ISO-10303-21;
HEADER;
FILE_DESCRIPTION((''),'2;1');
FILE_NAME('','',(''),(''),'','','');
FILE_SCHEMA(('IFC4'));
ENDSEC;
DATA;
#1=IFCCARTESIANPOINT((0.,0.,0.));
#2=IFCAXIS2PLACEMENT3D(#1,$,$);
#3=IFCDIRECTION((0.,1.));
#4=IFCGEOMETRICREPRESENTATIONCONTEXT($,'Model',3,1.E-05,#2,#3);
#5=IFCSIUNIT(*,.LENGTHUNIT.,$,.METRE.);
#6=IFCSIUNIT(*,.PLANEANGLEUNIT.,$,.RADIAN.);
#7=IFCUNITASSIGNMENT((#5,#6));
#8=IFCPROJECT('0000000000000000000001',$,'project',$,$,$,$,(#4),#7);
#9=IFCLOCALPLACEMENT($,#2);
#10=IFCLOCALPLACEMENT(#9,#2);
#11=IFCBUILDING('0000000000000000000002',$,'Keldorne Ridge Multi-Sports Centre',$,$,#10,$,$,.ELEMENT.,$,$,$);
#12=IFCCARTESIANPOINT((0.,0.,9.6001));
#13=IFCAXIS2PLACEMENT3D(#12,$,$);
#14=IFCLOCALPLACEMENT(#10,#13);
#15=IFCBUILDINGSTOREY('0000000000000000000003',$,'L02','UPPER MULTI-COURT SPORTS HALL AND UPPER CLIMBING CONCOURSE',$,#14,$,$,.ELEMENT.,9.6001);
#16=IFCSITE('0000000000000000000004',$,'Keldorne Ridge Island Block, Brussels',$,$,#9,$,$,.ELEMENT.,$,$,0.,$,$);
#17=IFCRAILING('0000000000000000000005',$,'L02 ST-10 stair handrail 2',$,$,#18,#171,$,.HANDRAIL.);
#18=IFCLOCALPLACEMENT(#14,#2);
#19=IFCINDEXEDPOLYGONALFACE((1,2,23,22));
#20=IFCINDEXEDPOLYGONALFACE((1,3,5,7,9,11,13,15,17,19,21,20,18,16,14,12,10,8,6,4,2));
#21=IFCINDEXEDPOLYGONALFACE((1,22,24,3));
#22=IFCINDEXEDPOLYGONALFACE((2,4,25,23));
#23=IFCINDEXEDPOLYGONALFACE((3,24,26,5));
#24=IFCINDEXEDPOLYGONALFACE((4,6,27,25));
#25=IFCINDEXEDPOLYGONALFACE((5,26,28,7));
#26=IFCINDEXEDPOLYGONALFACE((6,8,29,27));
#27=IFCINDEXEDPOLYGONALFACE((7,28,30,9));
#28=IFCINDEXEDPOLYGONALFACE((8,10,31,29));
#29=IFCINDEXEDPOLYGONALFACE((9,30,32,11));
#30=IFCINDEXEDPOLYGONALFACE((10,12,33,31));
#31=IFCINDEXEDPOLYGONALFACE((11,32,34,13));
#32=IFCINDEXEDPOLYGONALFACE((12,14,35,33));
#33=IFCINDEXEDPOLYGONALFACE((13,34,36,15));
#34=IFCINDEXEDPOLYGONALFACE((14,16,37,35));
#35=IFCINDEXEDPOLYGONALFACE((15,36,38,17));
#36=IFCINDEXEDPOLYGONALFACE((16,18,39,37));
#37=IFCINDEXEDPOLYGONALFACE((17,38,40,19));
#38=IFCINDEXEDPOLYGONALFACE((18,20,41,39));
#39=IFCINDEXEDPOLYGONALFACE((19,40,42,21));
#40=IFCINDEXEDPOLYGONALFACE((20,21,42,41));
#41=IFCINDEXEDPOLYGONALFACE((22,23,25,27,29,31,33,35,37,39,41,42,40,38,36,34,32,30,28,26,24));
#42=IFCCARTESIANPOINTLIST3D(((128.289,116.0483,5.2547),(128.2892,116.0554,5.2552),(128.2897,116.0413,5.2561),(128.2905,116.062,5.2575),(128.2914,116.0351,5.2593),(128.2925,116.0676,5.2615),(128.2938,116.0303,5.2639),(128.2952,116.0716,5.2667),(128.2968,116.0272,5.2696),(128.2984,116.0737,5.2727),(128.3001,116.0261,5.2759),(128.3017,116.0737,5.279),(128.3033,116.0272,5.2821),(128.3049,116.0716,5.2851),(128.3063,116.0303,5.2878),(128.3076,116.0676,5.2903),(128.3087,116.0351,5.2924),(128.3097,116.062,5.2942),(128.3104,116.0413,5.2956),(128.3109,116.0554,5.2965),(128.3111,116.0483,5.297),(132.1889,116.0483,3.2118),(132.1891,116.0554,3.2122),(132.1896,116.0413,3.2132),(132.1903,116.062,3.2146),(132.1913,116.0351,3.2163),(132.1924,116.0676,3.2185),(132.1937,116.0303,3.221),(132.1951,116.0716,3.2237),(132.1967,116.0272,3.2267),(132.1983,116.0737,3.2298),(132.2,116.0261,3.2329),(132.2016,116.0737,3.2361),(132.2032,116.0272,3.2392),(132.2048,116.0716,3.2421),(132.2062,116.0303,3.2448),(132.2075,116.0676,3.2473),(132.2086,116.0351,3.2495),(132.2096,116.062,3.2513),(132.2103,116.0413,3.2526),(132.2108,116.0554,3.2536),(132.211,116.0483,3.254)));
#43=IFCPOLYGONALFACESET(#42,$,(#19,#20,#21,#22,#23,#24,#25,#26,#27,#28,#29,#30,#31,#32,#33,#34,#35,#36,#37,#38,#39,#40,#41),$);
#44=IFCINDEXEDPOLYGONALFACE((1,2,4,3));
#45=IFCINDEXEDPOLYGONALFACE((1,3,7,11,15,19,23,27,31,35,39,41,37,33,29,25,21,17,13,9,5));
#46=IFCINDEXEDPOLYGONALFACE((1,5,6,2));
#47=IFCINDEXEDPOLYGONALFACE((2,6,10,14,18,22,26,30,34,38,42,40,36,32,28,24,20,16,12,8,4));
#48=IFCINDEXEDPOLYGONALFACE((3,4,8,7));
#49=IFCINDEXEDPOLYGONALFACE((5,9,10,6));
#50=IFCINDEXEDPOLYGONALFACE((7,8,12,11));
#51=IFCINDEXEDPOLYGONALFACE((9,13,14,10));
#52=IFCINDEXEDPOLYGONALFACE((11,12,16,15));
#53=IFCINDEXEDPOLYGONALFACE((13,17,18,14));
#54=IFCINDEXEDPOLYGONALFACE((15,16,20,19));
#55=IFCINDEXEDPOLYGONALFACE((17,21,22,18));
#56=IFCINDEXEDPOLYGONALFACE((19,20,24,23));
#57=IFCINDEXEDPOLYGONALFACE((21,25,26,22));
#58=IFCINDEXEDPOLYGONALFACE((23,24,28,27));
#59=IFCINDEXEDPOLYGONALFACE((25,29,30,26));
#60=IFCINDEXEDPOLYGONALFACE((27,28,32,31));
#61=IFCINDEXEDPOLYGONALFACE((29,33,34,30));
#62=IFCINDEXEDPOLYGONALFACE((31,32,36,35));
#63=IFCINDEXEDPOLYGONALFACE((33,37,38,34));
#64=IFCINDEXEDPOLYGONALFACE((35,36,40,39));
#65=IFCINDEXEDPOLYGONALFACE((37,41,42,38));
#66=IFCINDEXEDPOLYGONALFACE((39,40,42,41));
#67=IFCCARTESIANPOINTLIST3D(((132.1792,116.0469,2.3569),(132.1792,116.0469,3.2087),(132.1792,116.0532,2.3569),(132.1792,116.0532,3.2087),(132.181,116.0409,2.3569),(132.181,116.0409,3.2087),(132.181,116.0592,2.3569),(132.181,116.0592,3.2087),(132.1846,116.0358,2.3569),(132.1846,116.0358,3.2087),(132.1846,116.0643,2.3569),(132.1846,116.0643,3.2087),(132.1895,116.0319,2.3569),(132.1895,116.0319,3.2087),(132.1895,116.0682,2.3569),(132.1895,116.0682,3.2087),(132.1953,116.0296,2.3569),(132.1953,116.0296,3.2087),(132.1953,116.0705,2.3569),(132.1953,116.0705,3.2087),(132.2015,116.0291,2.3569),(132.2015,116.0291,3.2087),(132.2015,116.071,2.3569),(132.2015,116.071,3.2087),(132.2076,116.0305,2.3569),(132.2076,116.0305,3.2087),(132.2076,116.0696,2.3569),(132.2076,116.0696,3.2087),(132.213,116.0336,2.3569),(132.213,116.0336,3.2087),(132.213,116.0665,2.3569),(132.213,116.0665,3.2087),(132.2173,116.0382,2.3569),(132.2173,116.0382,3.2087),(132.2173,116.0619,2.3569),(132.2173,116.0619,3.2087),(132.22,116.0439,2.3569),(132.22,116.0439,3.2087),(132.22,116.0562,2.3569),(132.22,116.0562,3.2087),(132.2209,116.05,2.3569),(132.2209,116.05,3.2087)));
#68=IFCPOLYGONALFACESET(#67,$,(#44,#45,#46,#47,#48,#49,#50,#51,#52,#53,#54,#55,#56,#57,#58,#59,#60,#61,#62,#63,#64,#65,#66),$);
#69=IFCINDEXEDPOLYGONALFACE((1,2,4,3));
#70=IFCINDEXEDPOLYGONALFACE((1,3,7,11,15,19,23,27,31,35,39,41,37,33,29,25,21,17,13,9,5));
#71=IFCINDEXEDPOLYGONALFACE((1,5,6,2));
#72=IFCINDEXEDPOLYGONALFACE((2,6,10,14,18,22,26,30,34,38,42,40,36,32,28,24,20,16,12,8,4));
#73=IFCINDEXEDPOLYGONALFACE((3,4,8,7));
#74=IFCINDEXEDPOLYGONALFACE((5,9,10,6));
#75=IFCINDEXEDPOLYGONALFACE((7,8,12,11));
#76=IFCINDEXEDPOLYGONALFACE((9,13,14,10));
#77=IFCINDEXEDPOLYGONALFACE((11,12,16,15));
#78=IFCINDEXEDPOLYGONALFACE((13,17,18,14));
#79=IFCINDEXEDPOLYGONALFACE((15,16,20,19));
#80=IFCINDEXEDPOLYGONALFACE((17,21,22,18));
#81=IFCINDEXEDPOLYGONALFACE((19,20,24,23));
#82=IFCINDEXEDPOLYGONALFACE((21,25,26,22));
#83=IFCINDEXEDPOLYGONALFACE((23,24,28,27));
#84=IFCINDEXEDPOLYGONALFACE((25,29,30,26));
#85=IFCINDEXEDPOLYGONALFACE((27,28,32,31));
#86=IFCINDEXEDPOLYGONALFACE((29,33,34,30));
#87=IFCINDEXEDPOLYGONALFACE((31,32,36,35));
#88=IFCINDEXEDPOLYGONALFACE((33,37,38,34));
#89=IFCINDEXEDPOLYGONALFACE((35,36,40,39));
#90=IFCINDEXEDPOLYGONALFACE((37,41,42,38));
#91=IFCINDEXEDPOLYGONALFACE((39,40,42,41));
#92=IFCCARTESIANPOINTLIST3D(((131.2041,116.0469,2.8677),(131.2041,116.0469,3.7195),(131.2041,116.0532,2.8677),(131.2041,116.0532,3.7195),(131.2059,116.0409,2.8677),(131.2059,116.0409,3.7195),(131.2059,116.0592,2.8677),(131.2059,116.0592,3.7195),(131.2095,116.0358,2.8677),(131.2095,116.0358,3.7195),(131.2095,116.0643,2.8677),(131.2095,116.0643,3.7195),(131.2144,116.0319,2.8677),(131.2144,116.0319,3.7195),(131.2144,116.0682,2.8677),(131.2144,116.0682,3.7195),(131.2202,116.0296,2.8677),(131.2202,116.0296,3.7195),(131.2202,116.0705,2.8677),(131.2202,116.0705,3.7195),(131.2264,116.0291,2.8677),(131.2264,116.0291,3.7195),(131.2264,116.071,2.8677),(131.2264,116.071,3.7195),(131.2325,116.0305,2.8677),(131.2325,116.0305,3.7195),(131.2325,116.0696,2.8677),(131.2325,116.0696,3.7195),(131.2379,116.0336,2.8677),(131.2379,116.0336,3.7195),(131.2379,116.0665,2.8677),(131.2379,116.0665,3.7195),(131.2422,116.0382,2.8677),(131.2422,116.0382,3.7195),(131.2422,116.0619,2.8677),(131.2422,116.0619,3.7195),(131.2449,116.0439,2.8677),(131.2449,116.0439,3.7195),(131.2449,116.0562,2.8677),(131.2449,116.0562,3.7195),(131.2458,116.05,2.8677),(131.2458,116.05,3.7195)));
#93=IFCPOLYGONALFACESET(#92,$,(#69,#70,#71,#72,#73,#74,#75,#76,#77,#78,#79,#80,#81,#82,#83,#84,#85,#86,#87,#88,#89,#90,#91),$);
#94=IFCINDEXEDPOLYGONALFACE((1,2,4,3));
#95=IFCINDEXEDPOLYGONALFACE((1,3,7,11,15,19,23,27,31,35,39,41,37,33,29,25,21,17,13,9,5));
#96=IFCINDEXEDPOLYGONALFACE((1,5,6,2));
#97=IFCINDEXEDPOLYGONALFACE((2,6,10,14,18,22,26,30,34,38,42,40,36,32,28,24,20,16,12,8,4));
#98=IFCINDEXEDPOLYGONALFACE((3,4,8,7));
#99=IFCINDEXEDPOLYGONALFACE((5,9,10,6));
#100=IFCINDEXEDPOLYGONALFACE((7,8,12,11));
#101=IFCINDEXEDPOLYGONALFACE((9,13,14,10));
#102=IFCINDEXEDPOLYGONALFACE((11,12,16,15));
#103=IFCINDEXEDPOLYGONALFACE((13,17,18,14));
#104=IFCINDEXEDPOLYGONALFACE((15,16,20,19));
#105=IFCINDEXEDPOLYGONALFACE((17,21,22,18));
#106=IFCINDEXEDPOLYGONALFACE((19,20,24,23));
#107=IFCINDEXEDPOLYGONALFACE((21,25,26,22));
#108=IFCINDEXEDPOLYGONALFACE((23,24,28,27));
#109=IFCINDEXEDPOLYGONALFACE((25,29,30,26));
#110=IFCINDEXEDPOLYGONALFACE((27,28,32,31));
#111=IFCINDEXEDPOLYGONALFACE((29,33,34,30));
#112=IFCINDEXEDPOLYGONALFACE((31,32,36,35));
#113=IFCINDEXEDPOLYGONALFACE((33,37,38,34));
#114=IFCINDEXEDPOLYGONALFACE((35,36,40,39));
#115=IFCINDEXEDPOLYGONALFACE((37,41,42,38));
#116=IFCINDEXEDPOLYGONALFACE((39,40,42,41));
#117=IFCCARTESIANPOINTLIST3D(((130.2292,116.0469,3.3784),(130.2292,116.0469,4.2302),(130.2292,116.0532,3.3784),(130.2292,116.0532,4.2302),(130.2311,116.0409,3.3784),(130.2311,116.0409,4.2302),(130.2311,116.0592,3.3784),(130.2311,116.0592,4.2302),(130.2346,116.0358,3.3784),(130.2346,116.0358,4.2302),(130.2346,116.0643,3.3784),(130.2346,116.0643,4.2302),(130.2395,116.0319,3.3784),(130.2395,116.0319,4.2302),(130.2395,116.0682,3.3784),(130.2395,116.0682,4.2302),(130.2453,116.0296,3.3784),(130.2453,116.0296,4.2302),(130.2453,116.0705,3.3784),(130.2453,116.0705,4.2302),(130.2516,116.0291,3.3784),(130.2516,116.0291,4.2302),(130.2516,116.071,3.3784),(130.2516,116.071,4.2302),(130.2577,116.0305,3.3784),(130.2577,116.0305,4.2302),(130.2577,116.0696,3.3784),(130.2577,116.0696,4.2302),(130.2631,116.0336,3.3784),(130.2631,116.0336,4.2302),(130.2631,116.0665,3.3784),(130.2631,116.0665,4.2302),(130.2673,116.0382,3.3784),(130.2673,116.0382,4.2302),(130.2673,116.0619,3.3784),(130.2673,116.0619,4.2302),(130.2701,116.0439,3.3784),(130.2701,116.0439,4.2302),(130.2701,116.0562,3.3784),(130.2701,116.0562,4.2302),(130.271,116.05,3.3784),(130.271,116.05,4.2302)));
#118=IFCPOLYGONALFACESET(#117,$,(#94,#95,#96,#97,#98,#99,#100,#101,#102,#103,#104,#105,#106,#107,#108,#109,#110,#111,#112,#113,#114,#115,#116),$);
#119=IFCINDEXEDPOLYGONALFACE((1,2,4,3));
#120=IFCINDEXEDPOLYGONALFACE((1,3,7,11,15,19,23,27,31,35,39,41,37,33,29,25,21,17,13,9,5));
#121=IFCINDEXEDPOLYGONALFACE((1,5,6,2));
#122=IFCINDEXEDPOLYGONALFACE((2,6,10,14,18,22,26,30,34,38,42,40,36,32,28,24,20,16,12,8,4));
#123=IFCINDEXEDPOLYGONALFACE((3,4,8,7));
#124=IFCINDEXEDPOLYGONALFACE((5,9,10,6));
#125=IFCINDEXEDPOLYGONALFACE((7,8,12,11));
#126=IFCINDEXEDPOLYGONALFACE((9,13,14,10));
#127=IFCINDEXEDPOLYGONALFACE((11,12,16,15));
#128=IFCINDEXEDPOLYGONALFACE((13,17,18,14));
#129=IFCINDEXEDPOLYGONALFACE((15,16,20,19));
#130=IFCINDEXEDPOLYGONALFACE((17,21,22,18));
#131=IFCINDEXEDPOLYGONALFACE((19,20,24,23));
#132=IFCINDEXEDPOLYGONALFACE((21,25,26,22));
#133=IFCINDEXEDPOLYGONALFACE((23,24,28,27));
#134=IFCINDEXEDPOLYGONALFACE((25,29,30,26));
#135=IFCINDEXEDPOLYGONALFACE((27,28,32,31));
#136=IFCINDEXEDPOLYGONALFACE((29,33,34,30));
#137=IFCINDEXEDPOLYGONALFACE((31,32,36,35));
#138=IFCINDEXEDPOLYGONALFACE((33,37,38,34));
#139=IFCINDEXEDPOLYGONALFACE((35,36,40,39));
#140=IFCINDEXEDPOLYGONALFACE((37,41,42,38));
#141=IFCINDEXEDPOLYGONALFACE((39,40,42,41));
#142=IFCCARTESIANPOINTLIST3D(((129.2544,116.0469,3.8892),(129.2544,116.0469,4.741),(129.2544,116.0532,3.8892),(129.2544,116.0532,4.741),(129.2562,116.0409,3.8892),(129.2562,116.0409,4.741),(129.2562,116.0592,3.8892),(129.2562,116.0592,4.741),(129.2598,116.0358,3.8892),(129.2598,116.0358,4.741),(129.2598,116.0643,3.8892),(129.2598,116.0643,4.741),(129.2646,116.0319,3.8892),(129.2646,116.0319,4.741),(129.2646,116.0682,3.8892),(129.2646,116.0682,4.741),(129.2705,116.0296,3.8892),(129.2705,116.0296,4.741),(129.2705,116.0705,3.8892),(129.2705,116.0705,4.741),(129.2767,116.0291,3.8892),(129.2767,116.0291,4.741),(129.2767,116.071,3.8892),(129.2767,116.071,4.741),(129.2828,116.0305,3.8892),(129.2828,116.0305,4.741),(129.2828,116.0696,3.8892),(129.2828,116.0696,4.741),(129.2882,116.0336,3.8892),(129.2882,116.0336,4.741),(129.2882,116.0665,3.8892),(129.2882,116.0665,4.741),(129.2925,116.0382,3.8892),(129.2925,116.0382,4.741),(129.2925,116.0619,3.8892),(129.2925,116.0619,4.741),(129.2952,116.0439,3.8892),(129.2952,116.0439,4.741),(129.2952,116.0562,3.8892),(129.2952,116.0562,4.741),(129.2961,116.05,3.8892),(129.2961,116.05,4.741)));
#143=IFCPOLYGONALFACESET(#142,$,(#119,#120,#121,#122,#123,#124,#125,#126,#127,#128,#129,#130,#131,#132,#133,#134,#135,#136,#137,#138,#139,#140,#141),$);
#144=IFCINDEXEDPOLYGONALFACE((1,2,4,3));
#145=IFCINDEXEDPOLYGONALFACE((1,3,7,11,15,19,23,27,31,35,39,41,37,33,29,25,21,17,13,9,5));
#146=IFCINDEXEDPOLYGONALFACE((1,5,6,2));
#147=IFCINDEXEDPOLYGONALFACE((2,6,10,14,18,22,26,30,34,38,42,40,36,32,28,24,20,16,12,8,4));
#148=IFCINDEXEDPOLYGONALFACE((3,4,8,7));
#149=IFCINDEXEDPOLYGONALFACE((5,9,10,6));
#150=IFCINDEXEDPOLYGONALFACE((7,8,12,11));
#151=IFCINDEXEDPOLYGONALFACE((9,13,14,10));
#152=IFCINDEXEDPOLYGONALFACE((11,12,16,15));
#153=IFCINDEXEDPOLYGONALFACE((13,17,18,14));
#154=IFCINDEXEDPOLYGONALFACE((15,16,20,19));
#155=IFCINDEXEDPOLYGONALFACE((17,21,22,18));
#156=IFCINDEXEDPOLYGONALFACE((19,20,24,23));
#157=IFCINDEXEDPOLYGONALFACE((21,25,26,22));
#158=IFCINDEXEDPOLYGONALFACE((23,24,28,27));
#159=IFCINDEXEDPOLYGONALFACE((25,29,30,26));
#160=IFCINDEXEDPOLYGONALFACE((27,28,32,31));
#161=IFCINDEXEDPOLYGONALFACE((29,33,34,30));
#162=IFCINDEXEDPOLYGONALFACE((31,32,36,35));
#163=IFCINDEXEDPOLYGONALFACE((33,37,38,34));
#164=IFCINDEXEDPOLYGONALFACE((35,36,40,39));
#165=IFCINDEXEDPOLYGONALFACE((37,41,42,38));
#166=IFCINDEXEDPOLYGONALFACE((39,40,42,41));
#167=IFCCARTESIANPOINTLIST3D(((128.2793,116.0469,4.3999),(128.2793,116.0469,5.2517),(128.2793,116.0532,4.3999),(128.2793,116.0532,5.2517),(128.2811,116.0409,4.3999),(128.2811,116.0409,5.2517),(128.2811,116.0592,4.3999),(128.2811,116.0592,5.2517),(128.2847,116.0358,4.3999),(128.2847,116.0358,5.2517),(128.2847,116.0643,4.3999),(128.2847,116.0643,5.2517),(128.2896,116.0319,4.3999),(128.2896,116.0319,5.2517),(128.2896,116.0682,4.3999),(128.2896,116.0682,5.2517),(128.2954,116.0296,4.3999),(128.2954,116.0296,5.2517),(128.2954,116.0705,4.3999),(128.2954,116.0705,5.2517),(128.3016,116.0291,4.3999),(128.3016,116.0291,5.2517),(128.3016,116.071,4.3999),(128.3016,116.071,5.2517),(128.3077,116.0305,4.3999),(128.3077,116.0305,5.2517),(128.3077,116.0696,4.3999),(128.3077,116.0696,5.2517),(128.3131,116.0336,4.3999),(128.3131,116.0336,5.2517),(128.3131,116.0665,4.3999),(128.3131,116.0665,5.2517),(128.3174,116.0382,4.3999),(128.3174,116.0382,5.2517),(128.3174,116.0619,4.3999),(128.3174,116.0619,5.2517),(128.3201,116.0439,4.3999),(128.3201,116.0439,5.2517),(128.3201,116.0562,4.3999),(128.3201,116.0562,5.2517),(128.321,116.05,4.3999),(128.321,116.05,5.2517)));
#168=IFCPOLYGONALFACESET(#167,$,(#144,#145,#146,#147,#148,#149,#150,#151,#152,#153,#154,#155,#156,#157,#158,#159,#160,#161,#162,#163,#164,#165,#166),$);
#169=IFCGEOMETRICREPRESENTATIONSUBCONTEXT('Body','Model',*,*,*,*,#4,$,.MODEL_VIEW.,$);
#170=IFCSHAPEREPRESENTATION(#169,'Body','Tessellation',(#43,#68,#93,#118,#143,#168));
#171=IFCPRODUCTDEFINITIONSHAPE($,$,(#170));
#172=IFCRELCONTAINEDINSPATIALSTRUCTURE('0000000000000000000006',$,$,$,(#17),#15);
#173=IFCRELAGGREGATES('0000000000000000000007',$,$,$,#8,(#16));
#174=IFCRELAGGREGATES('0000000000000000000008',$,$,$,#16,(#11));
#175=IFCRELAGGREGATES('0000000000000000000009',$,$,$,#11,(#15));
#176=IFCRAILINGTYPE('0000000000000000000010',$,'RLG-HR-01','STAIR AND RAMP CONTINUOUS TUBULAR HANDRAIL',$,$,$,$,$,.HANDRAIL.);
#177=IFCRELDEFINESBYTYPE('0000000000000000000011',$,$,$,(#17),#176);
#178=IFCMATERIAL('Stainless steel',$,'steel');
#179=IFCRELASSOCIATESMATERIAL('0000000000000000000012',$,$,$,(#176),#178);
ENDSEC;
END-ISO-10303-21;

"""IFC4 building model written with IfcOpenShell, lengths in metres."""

from ifc_helpers import new_model, si_unit, direction, frame, origin, origin_2d, place, context, subcontext, project, spatial, circle, extrude, material, type_object, element, save


model = new_model("IFC4")

# Units and contexts
model_context = context("Model", 3, precision=1e-05, world=origin(), true_north=direction((0.0, 1.0)))
body_context = subcontext(model_context, "Body", "Model", "MODEL_VIEW")
ifc_project = project(units=[si_unit("LENGTHUNIT", "METRE"), si_unit("PLANEANGLEUNIT", "RADIAN")], contexts=[model_context])

# Site, building, storey
site_placement = place(None, origin())
site = spatial("IfcSite", under=ifc_project, at=site_placement, Name="Keldorne Ridge Island Block, Brussels", CompositionType="ELEMENT", RefElevation=0.0)
building_placement = place(site_placement, origin())
building = spatial("IfcBuilding", under=site, at=building_placement, Name="Keldorne Ridge Multi-Sports Centre", CompositionType="ELEMENT")
storey_placement = place(building_placement, frame((0.0, 0.0, 9.6001)))
storey = spatial("IfcBuildingStorey", under=building, at=storey_placement, Name="L02", Description="UPPER MULTI-COURT SPORTS HALL AND UPPER CLIMBING CONCOURSE", CompositionType="ELEMENT", Elevation=9.6001)

# Railing
ifc_material_1 = material(Name="Stainless steel", Category="steel")
railing_type_1 = type_object("IfcRailingType", Name="RLG-HR-01", Description="STAIR AND RAMP CONTINUOUS TUBULAR HANDRAIL", PredefinedType="HANDRAIL", material=ifc_material_1)
railing_1_placement = place(storey_placement, frame((132.2, 116.05, 2.3569)))
element("IfcRailing", 1, at=railing_1_placement, inside=storey, type_object=railing_type_1, Name="L02 ST-10 stair handrail 2", PredefinedType="HANDRAIL", context=body_context, shape_type="SweptSolid", body=[
    extrude(circle(Radius=0.0239, at=origin_2d()), frame((0.0, 0.0, 0.876), z_axis=(-0.885816, 0.0, 0.464036), x_axis=(0.0, -1.0, 0.0)), (0.0, 0.0, 1.0), 4.4026),
    extrude(circle(Radius=0.021, at=origin_2d()), origin(), (0.0, 0.0, 1.0), 0.8518),
    extrude(circle(Radius=0.021, at=origin_2d()), frame((-0.9751, 0.0, 0.5107)), (0.0, 0.0, 1.0), 0.8518),
    extrude(circle(Radius=0.021, at=origin_2d()), frame((-1.95, 0.0, 1.0215)), (0.0, 0.0, 1.0), 0.8518),
    extrude(circle(Radius=0.021, at=origin_2d()), frame((-2.9248, 0.0, 1.5322)), (0.0, 0.0, 1.0), 0.8518),
    extrude(circle(Radius=0.021, at=origin_2d()), frame((-3.8999, 0.0, 2.043)), (0.0, 0.0, 1.0), 0.8518),
])

save(model, "model.ifc")
